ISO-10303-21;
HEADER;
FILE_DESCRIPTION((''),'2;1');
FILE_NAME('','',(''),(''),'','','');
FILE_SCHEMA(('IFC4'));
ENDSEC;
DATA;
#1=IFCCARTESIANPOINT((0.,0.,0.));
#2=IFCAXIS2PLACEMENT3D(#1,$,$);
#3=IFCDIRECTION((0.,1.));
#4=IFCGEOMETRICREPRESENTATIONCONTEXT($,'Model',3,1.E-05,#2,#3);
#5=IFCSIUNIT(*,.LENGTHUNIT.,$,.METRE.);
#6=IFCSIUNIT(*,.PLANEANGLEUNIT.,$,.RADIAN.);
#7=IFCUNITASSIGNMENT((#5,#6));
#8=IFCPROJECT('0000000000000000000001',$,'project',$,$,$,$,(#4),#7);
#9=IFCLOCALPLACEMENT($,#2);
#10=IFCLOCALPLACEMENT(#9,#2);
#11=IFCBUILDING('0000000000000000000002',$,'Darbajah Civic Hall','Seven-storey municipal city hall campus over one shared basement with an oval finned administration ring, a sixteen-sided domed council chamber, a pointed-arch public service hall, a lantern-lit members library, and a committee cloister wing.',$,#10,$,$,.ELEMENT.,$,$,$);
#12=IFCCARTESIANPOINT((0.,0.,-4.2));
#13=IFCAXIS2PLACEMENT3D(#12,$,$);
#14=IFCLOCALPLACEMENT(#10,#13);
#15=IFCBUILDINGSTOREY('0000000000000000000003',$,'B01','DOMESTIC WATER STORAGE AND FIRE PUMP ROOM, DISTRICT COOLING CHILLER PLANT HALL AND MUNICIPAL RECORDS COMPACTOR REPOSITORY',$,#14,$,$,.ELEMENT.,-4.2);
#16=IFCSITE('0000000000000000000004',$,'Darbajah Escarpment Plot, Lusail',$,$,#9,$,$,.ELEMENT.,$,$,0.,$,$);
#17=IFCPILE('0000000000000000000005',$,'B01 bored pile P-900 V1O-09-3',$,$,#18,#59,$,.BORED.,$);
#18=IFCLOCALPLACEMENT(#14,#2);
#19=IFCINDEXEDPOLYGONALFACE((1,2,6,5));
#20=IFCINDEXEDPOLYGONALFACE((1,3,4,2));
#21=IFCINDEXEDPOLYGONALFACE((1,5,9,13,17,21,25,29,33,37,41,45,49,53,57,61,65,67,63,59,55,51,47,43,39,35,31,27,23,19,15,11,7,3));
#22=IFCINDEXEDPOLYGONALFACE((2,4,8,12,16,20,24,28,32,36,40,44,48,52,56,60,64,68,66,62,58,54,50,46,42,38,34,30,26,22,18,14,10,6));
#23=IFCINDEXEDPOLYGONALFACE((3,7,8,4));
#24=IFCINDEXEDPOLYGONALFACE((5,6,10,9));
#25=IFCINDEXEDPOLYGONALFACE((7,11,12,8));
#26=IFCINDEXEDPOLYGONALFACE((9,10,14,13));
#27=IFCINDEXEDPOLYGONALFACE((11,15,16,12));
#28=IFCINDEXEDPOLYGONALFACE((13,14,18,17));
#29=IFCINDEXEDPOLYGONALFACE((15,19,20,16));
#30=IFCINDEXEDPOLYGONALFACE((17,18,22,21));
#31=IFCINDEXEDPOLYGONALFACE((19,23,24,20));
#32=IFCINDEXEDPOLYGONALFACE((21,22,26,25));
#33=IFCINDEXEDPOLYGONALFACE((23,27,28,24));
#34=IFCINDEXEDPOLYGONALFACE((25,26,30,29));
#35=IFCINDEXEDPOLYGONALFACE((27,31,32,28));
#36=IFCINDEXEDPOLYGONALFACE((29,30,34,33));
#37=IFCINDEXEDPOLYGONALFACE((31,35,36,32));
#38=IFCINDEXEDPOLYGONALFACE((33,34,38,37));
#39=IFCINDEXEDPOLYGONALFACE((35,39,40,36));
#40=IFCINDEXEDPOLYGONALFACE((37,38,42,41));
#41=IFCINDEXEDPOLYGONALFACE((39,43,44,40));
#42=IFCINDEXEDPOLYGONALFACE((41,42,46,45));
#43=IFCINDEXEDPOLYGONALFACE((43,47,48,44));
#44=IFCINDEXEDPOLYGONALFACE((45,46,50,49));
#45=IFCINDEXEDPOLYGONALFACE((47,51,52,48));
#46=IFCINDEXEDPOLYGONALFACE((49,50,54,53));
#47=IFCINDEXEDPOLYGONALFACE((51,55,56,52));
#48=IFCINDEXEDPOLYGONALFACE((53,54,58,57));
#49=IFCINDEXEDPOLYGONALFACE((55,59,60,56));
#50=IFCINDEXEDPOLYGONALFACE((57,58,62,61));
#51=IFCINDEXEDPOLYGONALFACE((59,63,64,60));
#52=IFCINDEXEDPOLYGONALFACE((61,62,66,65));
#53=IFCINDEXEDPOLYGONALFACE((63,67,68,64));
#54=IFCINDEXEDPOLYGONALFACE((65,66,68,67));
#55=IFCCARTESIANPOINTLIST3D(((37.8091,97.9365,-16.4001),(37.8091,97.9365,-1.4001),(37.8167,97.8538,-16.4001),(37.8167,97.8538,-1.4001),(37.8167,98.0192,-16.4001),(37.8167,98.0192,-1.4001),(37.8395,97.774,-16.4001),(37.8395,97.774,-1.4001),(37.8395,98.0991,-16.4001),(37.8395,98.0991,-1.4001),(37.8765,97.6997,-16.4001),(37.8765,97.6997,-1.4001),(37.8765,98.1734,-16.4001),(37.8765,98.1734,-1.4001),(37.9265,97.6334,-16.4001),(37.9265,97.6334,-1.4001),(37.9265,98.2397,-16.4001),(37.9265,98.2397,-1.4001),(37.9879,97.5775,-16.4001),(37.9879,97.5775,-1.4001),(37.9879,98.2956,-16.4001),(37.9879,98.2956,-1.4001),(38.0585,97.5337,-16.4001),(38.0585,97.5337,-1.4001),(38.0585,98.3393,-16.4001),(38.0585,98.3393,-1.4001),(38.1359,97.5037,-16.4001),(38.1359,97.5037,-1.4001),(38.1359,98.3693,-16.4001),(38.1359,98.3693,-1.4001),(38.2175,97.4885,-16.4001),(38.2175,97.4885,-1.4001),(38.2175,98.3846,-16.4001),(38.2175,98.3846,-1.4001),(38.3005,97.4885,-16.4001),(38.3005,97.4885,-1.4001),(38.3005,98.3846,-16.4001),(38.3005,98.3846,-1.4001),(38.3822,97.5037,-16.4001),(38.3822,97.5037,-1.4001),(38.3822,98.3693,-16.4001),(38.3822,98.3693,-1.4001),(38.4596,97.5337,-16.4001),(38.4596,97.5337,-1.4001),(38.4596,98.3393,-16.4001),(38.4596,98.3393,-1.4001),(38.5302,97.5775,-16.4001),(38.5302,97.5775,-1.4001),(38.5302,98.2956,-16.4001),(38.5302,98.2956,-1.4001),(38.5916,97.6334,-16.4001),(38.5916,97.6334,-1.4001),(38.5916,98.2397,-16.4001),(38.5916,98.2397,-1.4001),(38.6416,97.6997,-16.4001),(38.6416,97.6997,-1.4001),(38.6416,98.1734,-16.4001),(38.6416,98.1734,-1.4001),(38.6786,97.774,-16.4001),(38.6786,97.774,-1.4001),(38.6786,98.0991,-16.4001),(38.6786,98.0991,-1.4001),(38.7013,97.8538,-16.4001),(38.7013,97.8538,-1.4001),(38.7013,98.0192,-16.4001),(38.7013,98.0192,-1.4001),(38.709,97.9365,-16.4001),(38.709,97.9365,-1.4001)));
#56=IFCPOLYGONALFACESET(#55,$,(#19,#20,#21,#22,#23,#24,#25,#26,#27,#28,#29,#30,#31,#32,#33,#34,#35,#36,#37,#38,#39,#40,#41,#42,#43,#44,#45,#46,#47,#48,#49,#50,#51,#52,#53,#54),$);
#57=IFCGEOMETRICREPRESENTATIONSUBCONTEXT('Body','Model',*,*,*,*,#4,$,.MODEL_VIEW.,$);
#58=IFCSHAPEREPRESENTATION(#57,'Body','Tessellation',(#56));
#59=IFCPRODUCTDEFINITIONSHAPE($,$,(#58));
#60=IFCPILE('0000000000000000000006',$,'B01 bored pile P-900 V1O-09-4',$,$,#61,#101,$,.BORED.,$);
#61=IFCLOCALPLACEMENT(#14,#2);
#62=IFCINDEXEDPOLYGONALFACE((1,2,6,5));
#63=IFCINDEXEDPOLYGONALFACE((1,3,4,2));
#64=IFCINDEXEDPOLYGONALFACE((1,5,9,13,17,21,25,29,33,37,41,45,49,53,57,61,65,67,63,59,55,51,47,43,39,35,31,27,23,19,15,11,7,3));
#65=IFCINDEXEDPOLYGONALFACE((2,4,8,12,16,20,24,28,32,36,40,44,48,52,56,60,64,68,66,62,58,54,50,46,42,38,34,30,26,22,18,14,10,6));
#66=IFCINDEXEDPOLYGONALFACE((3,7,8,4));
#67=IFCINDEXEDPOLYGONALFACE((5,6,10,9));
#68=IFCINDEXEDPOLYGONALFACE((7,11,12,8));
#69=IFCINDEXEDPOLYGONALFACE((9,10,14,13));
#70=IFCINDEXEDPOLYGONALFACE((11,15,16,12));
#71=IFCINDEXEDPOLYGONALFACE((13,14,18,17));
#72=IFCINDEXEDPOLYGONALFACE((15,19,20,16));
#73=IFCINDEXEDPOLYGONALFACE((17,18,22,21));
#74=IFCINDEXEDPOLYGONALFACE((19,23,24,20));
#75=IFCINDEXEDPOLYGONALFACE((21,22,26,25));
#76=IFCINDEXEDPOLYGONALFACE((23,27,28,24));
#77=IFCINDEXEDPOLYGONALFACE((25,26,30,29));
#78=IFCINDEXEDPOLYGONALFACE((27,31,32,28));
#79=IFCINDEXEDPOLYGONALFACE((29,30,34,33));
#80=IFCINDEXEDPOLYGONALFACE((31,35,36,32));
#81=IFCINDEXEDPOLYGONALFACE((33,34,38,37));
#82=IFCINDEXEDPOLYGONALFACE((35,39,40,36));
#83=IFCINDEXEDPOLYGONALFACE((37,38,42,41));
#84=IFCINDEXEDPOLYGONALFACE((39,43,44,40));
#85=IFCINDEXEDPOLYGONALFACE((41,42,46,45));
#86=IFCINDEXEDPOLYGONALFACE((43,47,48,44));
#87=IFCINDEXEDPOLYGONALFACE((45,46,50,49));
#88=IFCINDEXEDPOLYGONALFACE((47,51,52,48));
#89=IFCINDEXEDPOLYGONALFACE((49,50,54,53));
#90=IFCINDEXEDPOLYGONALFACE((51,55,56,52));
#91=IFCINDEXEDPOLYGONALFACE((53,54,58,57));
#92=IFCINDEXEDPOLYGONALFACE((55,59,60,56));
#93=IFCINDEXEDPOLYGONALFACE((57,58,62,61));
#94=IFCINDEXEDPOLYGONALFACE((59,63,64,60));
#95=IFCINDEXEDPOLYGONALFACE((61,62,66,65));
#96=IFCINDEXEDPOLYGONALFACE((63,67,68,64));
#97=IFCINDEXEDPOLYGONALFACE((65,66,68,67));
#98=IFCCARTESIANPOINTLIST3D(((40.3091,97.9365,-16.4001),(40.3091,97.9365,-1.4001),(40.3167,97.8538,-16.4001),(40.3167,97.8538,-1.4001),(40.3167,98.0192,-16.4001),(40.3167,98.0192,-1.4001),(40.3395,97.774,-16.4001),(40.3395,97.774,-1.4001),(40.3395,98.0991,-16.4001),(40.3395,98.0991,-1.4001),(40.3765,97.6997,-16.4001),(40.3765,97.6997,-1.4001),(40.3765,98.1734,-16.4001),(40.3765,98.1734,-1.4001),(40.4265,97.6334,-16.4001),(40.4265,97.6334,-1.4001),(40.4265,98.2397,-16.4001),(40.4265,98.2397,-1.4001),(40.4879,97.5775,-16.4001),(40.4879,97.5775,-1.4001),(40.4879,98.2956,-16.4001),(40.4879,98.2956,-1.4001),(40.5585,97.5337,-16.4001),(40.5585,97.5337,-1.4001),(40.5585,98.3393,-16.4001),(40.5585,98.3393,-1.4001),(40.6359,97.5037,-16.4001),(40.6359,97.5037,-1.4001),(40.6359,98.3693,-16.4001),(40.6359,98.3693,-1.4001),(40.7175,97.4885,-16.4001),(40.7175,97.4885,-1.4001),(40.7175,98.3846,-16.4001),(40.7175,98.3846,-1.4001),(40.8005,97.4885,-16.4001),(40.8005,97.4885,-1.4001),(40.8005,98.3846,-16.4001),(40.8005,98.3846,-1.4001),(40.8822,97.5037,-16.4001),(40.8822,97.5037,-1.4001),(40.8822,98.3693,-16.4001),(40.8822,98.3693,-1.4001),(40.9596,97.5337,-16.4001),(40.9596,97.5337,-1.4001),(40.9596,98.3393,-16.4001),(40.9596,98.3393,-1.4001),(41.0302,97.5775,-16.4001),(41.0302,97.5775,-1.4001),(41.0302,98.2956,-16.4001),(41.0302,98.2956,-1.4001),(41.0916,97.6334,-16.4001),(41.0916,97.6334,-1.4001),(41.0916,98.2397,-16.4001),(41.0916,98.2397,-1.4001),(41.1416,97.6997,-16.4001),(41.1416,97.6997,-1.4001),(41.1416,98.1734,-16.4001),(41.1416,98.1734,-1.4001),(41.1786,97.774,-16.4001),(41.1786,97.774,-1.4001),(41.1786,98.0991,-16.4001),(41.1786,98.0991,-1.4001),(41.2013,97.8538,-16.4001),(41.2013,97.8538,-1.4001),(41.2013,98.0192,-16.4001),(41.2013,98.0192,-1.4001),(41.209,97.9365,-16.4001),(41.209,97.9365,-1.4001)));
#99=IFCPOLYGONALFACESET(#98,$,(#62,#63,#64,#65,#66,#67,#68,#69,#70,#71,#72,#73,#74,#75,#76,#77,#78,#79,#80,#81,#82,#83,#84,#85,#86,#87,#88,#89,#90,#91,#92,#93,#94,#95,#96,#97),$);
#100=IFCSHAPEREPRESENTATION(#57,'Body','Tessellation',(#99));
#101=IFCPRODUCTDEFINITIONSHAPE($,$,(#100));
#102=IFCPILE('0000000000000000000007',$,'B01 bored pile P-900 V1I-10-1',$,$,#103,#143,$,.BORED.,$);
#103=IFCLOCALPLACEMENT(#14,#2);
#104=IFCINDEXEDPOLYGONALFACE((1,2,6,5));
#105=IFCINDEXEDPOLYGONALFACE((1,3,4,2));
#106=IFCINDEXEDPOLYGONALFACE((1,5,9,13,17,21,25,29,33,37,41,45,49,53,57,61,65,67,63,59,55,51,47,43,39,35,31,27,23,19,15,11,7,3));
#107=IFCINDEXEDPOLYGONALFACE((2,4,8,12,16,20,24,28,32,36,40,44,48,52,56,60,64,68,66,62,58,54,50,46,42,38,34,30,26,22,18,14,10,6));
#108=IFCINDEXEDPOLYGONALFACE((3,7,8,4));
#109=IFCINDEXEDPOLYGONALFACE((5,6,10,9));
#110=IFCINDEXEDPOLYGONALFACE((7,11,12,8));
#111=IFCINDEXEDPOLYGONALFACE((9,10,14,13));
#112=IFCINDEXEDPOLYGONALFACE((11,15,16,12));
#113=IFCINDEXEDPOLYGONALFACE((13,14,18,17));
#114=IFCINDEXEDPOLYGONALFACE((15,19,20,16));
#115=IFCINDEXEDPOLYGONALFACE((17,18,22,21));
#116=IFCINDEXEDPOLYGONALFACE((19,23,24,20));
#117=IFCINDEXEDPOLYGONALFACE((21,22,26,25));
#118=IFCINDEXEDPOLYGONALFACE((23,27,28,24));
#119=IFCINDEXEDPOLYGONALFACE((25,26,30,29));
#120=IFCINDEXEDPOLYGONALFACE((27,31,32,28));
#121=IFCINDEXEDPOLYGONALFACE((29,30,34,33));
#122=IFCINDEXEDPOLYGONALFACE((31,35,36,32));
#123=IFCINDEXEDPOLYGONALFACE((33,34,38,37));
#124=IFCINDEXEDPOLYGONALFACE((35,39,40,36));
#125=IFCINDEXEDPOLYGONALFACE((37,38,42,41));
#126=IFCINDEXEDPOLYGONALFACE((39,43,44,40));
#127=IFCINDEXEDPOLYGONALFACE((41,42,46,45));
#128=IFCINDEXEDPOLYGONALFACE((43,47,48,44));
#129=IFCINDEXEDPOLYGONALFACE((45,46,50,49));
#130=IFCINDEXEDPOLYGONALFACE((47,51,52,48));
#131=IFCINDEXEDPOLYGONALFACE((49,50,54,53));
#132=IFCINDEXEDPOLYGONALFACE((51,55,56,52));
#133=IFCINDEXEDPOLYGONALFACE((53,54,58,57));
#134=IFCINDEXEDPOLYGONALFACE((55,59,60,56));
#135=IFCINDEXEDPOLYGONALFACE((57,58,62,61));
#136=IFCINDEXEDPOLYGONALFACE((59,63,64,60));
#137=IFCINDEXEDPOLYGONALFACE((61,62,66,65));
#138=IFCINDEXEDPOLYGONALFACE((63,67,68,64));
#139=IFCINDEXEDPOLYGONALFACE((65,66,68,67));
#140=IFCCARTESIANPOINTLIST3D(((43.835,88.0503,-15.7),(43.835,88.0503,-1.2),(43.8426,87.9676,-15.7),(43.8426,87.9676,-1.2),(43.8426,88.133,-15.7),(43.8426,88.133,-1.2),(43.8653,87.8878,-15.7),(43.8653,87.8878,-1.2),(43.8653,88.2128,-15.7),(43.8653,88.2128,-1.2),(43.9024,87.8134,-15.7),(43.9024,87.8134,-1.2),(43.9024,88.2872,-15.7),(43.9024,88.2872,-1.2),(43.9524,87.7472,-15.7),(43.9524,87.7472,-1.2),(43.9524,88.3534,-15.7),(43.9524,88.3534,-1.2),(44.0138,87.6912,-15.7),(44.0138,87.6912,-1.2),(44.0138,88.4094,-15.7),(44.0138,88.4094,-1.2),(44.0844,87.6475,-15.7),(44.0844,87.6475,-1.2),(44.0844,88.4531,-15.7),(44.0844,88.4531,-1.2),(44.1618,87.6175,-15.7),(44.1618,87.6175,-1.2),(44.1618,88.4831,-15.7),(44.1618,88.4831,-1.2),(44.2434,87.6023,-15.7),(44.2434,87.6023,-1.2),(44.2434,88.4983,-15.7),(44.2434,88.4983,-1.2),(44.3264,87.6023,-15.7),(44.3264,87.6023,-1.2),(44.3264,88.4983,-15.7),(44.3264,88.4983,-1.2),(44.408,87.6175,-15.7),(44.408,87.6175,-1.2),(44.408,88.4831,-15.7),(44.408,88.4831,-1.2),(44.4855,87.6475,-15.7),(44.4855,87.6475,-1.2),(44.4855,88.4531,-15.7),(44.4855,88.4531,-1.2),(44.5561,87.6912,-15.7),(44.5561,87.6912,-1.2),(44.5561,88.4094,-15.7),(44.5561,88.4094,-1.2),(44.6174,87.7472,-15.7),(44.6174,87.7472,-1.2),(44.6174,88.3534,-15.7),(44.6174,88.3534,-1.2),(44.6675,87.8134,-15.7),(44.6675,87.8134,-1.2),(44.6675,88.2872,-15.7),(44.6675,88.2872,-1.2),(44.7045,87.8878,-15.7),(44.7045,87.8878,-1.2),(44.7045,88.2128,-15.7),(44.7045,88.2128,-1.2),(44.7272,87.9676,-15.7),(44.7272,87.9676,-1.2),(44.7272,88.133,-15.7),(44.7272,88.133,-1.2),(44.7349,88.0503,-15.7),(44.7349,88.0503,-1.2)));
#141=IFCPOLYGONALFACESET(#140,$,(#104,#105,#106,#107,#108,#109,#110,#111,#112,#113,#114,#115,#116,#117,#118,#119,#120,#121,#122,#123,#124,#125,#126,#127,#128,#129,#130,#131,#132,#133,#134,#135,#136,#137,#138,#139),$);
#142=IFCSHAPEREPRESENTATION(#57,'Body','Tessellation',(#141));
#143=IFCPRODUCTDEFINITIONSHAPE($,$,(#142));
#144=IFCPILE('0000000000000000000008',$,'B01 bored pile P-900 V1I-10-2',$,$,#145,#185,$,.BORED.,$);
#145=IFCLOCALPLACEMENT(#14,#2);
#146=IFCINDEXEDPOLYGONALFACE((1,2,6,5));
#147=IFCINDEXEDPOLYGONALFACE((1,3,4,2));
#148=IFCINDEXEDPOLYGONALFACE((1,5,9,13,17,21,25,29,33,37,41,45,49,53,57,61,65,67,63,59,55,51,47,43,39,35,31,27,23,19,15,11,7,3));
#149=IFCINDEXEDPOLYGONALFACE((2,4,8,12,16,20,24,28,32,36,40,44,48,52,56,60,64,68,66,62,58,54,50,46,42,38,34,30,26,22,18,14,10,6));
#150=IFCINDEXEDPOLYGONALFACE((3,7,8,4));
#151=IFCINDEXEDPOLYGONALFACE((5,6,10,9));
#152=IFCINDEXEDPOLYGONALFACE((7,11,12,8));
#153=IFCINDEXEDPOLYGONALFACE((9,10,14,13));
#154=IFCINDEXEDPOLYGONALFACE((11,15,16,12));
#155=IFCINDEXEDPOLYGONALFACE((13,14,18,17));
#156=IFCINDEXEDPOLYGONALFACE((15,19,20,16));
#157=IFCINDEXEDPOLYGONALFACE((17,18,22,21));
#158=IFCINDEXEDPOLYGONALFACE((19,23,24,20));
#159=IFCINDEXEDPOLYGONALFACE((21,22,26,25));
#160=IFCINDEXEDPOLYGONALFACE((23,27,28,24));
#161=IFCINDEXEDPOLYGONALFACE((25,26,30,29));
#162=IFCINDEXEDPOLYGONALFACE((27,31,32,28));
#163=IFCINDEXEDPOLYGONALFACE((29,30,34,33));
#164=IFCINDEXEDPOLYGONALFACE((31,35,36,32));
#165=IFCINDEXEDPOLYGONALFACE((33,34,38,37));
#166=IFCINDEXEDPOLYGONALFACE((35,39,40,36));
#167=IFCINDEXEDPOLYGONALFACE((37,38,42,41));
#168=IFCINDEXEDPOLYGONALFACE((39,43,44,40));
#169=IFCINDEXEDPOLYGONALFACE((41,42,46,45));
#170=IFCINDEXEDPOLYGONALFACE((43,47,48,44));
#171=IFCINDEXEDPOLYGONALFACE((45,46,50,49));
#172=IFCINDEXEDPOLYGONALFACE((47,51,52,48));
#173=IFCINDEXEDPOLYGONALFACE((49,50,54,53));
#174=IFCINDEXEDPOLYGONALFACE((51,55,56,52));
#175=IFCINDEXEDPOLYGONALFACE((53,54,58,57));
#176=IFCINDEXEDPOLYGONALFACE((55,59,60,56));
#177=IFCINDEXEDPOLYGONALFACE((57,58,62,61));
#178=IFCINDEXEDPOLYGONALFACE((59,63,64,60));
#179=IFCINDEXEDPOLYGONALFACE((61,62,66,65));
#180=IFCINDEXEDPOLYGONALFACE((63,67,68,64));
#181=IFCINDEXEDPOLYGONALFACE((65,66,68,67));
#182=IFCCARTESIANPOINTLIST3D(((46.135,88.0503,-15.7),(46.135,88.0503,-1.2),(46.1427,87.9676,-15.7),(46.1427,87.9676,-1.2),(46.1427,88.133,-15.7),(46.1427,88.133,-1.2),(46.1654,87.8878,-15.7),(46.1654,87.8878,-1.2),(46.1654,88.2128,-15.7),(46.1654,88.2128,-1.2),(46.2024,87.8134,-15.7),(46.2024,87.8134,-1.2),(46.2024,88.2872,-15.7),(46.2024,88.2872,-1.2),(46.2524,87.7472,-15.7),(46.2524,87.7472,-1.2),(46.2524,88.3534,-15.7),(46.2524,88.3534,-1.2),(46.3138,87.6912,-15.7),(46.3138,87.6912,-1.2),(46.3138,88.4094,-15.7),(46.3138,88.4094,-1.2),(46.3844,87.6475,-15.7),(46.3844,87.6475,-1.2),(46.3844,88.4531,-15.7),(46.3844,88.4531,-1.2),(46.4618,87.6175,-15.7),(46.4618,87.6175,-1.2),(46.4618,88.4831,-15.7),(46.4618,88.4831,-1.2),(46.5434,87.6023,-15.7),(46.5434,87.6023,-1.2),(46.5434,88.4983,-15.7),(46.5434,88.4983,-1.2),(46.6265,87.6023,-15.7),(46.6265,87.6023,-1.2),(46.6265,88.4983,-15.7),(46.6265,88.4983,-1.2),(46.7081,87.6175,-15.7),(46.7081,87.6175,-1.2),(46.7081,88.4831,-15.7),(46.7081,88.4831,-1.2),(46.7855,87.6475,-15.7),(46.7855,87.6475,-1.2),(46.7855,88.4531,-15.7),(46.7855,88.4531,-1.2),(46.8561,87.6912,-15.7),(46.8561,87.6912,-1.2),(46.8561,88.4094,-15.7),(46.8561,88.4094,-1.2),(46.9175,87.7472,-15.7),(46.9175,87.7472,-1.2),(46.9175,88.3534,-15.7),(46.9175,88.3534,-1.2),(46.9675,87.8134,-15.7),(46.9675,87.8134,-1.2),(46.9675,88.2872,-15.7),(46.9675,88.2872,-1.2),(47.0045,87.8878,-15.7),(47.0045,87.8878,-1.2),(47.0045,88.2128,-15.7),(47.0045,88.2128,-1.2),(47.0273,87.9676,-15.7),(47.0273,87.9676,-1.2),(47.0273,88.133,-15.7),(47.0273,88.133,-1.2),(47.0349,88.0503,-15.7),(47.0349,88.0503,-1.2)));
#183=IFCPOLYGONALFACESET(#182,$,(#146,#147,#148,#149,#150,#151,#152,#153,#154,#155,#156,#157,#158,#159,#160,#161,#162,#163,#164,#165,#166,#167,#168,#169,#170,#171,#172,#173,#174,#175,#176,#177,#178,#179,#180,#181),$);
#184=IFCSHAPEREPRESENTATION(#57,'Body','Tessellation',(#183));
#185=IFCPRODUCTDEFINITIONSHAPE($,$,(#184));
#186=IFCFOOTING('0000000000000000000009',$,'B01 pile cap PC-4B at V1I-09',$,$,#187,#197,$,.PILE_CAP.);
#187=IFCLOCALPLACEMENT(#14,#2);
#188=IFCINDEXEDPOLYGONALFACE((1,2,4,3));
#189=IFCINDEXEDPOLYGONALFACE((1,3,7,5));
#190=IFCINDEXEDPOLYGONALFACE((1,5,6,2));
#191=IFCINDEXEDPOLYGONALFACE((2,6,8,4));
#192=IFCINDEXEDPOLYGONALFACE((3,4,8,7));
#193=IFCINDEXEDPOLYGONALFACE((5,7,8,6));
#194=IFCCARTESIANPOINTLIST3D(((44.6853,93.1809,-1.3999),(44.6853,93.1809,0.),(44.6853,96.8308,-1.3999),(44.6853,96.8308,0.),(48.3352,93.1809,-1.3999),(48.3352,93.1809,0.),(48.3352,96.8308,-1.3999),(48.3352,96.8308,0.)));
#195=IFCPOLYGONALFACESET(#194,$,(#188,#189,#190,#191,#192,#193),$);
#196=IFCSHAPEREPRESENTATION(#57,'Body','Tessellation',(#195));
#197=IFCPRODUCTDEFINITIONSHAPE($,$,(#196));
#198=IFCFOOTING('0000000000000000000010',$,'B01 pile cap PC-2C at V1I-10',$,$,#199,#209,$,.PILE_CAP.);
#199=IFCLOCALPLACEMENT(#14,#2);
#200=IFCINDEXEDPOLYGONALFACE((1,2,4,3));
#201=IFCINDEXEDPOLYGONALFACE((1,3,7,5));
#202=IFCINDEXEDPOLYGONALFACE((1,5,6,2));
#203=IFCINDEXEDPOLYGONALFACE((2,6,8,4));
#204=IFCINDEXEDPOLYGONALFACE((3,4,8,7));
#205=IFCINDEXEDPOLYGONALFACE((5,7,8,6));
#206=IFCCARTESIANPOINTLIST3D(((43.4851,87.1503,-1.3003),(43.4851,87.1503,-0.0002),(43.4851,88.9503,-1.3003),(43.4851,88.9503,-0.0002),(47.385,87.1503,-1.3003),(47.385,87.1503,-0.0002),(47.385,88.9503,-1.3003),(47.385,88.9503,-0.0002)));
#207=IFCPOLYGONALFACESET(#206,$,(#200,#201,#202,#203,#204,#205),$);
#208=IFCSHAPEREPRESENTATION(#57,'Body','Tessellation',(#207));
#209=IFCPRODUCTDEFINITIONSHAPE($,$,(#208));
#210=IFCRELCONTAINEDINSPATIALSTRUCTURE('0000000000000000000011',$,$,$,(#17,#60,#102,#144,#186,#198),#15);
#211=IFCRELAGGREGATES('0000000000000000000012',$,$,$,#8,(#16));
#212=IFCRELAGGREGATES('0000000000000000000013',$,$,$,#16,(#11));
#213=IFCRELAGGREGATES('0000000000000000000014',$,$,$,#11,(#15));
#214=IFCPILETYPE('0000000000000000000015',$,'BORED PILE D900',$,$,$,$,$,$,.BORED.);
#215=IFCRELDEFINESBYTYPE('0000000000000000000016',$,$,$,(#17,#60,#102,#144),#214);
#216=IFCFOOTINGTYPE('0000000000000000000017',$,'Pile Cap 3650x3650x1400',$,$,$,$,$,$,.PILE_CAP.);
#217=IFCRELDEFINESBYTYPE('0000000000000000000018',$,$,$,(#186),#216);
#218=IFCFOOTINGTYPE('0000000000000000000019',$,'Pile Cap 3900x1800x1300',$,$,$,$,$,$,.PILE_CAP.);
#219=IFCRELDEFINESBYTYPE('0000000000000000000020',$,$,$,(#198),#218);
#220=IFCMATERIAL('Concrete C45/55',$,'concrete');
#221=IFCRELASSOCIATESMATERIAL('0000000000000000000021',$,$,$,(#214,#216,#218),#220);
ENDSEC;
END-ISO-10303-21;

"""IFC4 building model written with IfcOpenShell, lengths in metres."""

from ifc_helpers import new_model, si_unit, direction, frame, origin, origin_2d, place, context, subcontext, project, spatial, rectangle, circle, extrude, material, material_profile, profile_set, type_object, element, save


model = new_model("IFC4")

# Units and contexts
model_context = context("Model", 3, precision=1e-05, world=origin(), true_north=direction((0.0, 1.0)))
body_context = subcontext(model_context, "Body", "Model", "MODEL_VIEW")
ifc_project = project(units=[si_unit("LENGTHUNIT", "METRE"), si_unit("PLANEANGLEUNIT", "RADIAN")], contexts=[model_context])

# Site, building, storey
site_placement = place(None, origin())
site = spatial("IfcSite", under=ifc_project, at=site_placement, Name="Darbajah Escarpment Plot, Lusail", CompositionType="ELEMENT", RefElevation=0.0)
building_placement = place(site_placement, origin())
building = spatial("IfcBuilding", under=site, at=building_placement, Name="Darbajah Civic Hall", Description="Seven-storey municipal city hall campus over one shared basement with an oval finned administration ring, a sixteen-sided domed council chamber, a pointed-arch public service hall, a lantern-lit members library, and a committee cloister wing.", CompositionType="ELEMENT")
storey_placement = place(building_placement, frame((0.0, 0.0, -4.2)))
storey = spatial("IfcBuildingStorey", under=building, at=storey_placement, Name="B01", Description="DOMESTIC WATER STORAGE AND FIRE PUMP ROOM, DISTRICT COOLING CHILLER PLANT HALL AND MUNICIPAL RECORDS COMPACTOR REPOSITORY", CompositionType="ELEMENT", Elevation=-4.2)

# Piles
ifc_material_1 = material(Name="Concrete C45/55", Category="concrete")
ifc_material_profile_1 = material_profile(ifc_material_1, circle(Radius=0.45, at=origin_2d()), Name="BORED PILE D900")
ifc_profile_set_1 = profile_set([ifc_material_profile_1], Name="Concrete C45/55")
pile_type_1 = type_object("IfcPileType", Name="BORED PILE D900", PredefinedType="BORED", material=ifc_profile_set_1)
for number, where, z_axis, x_axis, name in (
    (1, (38.259, 97.9365, -1.4001), (0.0, 0.0, -1.0), (1.0, 0.0, 0.0), "B01 bored pile P-900 V1O-09-3"),
    (2, (40.759, 97.9365, -1.4001), (0.0, 0.0, -1.0), (1.0, 0.0, 0.0), "B01 bored pile P-900 V1O-09-4"),
):
    element("IfcPile", number, at=place(storey_placement, frame(where, z_axis=z_axis, x_axis=x_axis)), inside=storey, type_object=pile_type_1, Name=name, PredefinedType="BORED", context=body_context, shape_type="SweptSolid", body=[
        extrude(circle(Radius=0.45, at=origin_2d()), origin(), (0.0, 0.0, 1.0), 15.0),
    ])
for number, where, z_axis, x_axis, name in (
    (3, (44.2849, 88.0503, -1.2), (0.0, 0.0, -1.0), (1.0, 0.0, 0.0), "B01 bored pile P-900 V1I-10-1"),
    (4, (46.585, 88.0503, -1.2), (0.0, 0.0, -1.0), (1.0, 0.0, 0.0), "B01 bored pile P-900 V1I-10-2"),
):
    element("IfcPile", number, at=place(storey_placement, frame(where, z_axis=z_axis, x_axis=x_axis)), inside=storey, type_object=pile_type_1, Name=name, PredefinedType="BORED", context=body_context, shape_type="SweptSolid", body=[
        extrude(circle(Radius=0.45, at=origin_2d()), origin(), (0.0, 0.0, 1.0), 14.5),
    ])

# Footings
footing_type_1 = type_object("IfcFootingType", Name="Pile Cap 3650x3650x1400", PredefinedType="PILE_CAP", material=ifc_material_1)
footing_1_placement = place(storey_placement, frame((46.5103, 95.0059, -1.3999), z_axis=(0.0, 0.0, 1.0), x_axis=(1.0, 0.0, 0.0)))
element("IfcFooting", 5, at=footing_1_placement, inside=storey, type_object=footing_type_1, Name="B01 pile cap PC-4B at V1I-09", PredefinedType="PILE_CAP", context=body_context, shape_type="SweptSolid", body=[
    extrude(rectangle(XDim=3.6499, YDim=3.6499, at=origin_2d()), origin(), (0.0, 0.0, 1.0), 1.3999),
])
footing_type_2 = type_object("IfcFootingType", Name="Pile Cap 3900x1800x1300", PredefinedType="PILE_CAP", material=ifc_material_1)
footing_2_placement = place(storey_placement, frame((45.4351, 88.0503, -1.3003), z_axis=(0.0, 0.0, 1.0), x_axis=(1.0, 0.0, 0.0)))
element("IfcFooting", 6, at=footing_2_placement, inside=storey, type_object=footing_type_2, Name="B01 pile cap PC-2C at V1I-10", PredefinedType="PILE_CAP", context=body_context, shape_type="SweptSolid", body=[
    extrude(rectangle(XDim=3.8999, YDim=1.8, at=origin_2d()), origin(), (0.0, 0.0, 1.0), 1.3),
])

save(model, "model.ifc")
